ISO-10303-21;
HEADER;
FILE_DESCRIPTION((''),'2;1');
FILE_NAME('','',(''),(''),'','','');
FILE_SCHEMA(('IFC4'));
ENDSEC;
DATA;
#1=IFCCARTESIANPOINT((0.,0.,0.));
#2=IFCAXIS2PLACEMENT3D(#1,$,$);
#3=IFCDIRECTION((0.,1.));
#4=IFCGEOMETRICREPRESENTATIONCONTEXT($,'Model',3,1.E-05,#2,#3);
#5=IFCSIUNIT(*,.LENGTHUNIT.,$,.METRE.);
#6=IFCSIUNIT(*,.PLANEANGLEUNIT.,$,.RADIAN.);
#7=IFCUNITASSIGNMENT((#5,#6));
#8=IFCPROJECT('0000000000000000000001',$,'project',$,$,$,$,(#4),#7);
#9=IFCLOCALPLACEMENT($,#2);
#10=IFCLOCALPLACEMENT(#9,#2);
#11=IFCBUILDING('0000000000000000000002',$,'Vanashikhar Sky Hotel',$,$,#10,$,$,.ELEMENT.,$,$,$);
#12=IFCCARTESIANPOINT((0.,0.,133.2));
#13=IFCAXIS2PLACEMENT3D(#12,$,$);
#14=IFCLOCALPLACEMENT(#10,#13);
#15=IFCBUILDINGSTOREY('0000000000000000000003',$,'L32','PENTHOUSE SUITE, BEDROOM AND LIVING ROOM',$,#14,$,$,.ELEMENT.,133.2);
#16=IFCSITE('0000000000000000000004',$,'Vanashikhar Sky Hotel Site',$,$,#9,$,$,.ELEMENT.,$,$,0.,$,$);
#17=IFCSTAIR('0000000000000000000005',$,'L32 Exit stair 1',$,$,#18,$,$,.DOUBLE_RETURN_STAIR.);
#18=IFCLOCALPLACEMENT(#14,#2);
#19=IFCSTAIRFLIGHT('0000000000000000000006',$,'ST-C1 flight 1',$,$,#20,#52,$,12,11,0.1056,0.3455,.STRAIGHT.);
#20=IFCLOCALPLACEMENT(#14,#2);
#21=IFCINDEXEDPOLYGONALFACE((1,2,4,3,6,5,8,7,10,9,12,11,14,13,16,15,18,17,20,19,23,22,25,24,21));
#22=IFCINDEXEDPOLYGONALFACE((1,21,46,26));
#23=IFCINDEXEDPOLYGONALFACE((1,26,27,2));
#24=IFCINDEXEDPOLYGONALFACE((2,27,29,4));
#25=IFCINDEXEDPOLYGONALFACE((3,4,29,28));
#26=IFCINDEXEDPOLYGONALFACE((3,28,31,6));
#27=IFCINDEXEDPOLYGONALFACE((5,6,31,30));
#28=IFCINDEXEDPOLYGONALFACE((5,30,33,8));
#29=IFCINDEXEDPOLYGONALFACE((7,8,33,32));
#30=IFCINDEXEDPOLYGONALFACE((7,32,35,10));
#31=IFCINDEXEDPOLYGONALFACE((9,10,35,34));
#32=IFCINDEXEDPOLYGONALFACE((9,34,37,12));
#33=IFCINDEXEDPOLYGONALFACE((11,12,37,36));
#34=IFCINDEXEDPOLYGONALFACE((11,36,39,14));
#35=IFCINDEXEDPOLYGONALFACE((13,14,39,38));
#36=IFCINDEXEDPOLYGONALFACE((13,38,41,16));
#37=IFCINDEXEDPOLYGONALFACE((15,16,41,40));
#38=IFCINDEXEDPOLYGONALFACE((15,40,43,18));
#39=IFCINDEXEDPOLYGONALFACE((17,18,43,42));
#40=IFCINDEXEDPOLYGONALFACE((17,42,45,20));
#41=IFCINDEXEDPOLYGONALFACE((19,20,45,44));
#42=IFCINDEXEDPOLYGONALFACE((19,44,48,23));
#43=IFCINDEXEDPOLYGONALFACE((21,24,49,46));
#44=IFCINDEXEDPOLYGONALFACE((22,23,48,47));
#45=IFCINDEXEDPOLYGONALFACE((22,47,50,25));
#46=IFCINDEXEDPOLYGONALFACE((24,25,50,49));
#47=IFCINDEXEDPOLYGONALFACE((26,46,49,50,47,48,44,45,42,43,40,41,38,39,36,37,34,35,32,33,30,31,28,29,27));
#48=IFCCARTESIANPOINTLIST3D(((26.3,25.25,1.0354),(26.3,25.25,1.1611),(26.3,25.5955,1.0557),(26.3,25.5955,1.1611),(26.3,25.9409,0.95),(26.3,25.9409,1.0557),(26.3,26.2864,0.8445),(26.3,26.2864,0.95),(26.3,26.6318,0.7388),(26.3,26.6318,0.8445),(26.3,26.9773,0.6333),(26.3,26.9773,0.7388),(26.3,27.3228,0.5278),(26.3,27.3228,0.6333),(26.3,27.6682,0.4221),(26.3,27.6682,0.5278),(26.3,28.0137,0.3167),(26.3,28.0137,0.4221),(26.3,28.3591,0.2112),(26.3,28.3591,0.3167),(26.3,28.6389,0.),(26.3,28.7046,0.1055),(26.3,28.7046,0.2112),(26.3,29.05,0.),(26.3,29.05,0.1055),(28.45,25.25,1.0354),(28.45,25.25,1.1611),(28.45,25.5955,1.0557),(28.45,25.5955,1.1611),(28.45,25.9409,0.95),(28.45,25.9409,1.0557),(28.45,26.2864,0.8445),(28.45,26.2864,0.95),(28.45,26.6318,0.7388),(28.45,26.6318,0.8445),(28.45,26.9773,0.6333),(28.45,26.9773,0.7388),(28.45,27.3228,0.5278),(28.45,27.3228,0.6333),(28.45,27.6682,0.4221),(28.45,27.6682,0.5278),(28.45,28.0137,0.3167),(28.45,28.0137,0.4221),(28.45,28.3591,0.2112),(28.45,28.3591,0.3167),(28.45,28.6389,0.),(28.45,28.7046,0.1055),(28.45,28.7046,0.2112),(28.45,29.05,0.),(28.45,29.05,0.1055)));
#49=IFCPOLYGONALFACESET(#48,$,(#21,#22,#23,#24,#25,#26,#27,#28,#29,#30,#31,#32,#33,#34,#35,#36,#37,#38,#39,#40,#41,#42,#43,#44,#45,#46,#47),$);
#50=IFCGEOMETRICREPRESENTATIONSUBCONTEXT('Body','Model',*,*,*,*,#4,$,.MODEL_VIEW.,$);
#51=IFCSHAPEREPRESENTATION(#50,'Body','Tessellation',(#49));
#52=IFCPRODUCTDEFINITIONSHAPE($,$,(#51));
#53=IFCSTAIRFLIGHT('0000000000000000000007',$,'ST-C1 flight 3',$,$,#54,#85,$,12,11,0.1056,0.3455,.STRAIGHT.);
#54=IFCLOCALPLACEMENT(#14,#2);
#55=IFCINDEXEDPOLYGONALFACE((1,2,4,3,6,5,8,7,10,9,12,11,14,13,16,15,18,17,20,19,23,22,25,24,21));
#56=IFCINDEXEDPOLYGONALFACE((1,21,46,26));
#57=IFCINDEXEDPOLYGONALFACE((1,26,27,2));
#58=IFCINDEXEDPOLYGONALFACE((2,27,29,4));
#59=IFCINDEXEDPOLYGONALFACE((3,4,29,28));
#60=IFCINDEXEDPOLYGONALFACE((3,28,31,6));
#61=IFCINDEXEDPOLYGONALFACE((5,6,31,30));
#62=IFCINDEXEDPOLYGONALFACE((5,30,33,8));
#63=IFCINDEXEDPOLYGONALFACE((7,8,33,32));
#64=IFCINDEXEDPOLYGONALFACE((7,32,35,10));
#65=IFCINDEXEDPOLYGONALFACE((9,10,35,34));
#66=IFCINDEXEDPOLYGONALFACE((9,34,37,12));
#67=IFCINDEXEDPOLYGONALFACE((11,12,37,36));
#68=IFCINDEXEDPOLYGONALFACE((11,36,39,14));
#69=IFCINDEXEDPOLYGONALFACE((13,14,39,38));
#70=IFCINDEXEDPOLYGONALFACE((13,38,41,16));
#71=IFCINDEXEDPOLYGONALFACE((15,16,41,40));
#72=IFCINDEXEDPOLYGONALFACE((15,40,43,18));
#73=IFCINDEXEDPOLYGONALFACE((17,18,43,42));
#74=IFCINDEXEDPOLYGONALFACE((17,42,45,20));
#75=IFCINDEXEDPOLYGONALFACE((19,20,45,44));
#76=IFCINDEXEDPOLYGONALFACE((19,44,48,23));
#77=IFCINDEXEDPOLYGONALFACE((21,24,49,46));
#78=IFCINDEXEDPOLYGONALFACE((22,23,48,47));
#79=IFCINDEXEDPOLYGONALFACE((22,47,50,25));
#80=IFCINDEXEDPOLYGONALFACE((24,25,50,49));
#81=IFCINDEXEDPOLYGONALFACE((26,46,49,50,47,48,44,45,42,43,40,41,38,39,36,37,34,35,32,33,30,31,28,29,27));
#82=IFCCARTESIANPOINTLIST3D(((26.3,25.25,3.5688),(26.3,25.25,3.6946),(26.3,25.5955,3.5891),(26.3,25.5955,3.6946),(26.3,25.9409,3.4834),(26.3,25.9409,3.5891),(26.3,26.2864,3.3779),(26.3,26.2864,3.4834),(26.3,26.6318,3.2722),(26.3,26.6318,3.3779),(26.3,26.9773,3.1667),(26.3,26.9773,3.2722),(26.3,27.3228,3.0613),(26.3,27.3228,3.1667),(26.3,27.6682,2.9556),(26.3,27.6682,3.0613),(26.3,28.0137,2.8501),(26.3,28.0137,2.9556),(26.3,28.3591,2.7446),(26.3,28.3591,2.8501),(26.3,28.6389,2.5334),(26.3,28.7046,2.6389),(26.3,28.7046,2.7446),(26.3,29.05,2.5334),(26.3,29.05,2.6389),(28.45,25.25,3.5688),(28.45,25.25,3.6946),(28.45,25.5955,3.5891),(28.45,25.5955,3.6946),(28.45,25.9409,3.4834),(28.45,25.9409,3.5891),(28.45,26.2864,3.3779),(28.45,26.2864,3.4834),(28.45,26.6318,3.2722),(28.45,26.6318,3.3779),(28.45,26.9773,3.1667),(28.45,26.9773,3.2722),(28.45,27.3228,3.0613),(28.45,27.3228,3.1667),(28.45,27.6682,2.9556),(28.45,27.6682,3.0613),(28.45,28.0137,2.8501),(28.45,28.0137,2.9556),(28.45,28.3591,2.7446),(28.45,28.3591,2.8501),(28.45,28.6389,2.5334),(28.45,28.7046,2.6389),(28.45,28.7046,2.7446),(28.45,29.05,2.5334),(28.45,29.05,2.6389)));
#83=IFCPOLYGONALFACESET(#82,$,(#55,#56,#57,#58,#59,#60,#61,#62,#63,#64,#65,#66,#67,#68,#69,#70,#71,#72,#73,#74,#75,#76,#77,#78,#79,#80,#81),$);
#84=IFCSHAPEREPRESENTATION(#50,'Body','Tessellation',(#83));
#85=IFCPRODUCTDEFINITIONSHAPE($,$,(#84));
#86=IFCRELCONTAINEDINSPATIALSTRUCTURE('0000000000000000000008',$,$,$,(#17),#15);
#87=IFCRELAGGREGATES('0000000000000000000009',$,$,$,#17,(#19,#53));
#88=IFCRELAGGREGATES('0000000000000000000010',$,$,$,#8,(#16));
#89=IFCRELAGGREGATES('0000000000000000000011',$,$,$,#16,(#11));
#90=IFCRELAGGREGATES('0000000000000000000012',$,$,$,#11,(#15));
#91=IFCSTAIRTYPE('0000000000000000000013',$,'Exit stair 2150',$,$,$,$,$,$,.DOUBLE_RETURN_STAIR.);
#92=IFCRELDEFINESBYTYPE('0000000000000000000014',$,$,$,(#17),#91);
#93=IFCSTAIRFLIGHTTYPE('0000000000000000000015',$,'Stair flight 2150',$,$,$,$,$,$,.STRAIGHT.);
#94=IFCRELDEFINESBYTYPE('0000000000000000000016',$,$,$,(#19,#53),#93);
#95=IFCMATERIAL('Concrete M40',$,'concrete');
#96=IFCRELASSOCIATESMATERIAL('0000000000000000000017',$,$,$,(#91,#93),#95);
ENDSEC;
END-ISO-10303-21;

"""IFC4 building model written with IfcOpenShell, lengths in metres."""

from ifc_helpers import new_model, si_unit, direction, frame, origin, place, context, subcontext, project, spatial, polyline, outline, extrude, source, transform, mapped, material, type_object, element, aggregate, save


model = new_model("IFC4")

# Units and contexts
model_context = context("Model", 3, precision=1e-05, world=origin(), true_north=direction((0.0, 1.0)))
body_context = subcontext(model_context, "Body", "Model", "MODEL_VIEW")
ifc_project = project(units=[si_unit("LENGTHUNIT", "METRE"), si_unit("PLANEANGLEUNIT", "RADIAN")], contexts=[model_context])

# Site, building, storey
site_placement = place(None, origin())
site = spatial("IfcSite", under=ifc_project, at=site_placement, Name="Vanashikhar Sky Hotel Site", CompositionType="ELEMENT", RefElevation=0.0)
building_placement = place(site_placement, origin())
building = spatial("IfcBuilding", under=site, at=building_placement, Name="Vanashikhar Sky Hotel", CompositionType="ELEMENT")
storey_placement = place(building_placement, frame((0.0, 0.0, 133.2)))
storey = spatial("IfcBuildingStorey", under=building, at=storey_placement, Name="L32", Description="PENTHOUSE SUITE, BEDROOM AND LIVING ROOM", CompositionType="ELEMENT", Elevation=133.2)

# Stair, stair flights
ifc_material_1 = material(Name="Concrete M40", Category="concrete")
stair_type = type_object("IfcStairType", Name="Exit stair 2150", PredefinedType="DOUBLE_RETURN_STAIR", material=ifc_material_1)
stair_placement = place(storey_placement, origin())
stair = element("IfcStair", 1, at=stair_placement, inside=storey, type_object=stair_type, Name="L32 Exit stair 1", PredefinedType="DOUBLE_RETURN_STAIR")
stair_flight_type = type_object("IfcStairFlightType", Name="Stair flight 2150", PredefinedType="STRAIGHT", material=ifc_material_1)
shared_shape_1 = source(origin(), body_context, "Body", "SweptSolid", [
    extrude(outline(polyline([(0.0, 0.0), (0.0, 0.1055), (0.3455, 0.1055), (0.3455, 0.2112), (0.6909, 0.2112), (0.6909, 0.3167), (1.0364, 0.3167), (1.0364, 0.4221), (1.3818, 0.4221), (1.3818, 0.5278), (1.7273, 0.5278), (1.7273, 0.6333), (2.0728, 0.6333), (2.0728, 0.7388), (2.4182, 0.7388), (2.4182, 0.8445), (2.7637, 0.8445), (2.7637, 0.95), (3.1091, 0.95), (3.1091, 1.0557), (3.4546, 1.0557), (3.4546, 1.1611), (3.8, 1.1611), (3.8, 1.2666), (3.8, 1.0354), (0.4111, 0.0), (0.0, 0.0)])), frame((0.0, 1.075, 0.0), z_axis=(0.0, -1.0, 0.0), x_axis=(1.0, 0.0, 0.0)), (0.0, 0.0, 1.0), 2.1499),
])
stair_flight_1_placement = place(storey_placement, frame((27.375, 29.05, 0.0), z_axis=(0.0, 0.0, 1.0), x_axis=(0.0, -1.0, 0.0)))
stair_flight_1 = element("IfcStairFlight", 2, at=stair_flight_1_placement, type_object=stair_flight_type, Name="ST-C1 flight 1", NumberOfRisers=12, NumberOfTreads=11, PredefinedType="STRAIGHT", RiserHeight=0.1056, TreadLength=0.3455, context=body_context, shape_type="MappedRepresentation", body=[
    mapped(shared_shape_1, transform((0.0, 0.0, 0.0), scale=1.0)),
])
stair_flight_2_placement = place(storey_placement, frame((27.375, 29.05, 2.5334), z_axis=(0.0, 0.0, 1.0), x_axis=(0.0, -1.0, 0.0)))
stair_flight_2 = element("IfcStairFlight", 3, at=stair_flight_2_placement, type_object=stair_flight_type, Name="ST-C1 flight 3", NumberOfRisers=12, NumberOfTreads=11, PredefinedType="STRAIGHT", RiserHeight=0.1056, TreadLength=0.3455, context=body_context, shape_type="MappedRepresentation", body=[
    mapped(shared_shape_1, transform((0.0, 0.0, 0.0), scale=1.0)),
])
aggregate(stair, [stair_flight_1, stair_flight_2])

save(model, "model.ifc")
